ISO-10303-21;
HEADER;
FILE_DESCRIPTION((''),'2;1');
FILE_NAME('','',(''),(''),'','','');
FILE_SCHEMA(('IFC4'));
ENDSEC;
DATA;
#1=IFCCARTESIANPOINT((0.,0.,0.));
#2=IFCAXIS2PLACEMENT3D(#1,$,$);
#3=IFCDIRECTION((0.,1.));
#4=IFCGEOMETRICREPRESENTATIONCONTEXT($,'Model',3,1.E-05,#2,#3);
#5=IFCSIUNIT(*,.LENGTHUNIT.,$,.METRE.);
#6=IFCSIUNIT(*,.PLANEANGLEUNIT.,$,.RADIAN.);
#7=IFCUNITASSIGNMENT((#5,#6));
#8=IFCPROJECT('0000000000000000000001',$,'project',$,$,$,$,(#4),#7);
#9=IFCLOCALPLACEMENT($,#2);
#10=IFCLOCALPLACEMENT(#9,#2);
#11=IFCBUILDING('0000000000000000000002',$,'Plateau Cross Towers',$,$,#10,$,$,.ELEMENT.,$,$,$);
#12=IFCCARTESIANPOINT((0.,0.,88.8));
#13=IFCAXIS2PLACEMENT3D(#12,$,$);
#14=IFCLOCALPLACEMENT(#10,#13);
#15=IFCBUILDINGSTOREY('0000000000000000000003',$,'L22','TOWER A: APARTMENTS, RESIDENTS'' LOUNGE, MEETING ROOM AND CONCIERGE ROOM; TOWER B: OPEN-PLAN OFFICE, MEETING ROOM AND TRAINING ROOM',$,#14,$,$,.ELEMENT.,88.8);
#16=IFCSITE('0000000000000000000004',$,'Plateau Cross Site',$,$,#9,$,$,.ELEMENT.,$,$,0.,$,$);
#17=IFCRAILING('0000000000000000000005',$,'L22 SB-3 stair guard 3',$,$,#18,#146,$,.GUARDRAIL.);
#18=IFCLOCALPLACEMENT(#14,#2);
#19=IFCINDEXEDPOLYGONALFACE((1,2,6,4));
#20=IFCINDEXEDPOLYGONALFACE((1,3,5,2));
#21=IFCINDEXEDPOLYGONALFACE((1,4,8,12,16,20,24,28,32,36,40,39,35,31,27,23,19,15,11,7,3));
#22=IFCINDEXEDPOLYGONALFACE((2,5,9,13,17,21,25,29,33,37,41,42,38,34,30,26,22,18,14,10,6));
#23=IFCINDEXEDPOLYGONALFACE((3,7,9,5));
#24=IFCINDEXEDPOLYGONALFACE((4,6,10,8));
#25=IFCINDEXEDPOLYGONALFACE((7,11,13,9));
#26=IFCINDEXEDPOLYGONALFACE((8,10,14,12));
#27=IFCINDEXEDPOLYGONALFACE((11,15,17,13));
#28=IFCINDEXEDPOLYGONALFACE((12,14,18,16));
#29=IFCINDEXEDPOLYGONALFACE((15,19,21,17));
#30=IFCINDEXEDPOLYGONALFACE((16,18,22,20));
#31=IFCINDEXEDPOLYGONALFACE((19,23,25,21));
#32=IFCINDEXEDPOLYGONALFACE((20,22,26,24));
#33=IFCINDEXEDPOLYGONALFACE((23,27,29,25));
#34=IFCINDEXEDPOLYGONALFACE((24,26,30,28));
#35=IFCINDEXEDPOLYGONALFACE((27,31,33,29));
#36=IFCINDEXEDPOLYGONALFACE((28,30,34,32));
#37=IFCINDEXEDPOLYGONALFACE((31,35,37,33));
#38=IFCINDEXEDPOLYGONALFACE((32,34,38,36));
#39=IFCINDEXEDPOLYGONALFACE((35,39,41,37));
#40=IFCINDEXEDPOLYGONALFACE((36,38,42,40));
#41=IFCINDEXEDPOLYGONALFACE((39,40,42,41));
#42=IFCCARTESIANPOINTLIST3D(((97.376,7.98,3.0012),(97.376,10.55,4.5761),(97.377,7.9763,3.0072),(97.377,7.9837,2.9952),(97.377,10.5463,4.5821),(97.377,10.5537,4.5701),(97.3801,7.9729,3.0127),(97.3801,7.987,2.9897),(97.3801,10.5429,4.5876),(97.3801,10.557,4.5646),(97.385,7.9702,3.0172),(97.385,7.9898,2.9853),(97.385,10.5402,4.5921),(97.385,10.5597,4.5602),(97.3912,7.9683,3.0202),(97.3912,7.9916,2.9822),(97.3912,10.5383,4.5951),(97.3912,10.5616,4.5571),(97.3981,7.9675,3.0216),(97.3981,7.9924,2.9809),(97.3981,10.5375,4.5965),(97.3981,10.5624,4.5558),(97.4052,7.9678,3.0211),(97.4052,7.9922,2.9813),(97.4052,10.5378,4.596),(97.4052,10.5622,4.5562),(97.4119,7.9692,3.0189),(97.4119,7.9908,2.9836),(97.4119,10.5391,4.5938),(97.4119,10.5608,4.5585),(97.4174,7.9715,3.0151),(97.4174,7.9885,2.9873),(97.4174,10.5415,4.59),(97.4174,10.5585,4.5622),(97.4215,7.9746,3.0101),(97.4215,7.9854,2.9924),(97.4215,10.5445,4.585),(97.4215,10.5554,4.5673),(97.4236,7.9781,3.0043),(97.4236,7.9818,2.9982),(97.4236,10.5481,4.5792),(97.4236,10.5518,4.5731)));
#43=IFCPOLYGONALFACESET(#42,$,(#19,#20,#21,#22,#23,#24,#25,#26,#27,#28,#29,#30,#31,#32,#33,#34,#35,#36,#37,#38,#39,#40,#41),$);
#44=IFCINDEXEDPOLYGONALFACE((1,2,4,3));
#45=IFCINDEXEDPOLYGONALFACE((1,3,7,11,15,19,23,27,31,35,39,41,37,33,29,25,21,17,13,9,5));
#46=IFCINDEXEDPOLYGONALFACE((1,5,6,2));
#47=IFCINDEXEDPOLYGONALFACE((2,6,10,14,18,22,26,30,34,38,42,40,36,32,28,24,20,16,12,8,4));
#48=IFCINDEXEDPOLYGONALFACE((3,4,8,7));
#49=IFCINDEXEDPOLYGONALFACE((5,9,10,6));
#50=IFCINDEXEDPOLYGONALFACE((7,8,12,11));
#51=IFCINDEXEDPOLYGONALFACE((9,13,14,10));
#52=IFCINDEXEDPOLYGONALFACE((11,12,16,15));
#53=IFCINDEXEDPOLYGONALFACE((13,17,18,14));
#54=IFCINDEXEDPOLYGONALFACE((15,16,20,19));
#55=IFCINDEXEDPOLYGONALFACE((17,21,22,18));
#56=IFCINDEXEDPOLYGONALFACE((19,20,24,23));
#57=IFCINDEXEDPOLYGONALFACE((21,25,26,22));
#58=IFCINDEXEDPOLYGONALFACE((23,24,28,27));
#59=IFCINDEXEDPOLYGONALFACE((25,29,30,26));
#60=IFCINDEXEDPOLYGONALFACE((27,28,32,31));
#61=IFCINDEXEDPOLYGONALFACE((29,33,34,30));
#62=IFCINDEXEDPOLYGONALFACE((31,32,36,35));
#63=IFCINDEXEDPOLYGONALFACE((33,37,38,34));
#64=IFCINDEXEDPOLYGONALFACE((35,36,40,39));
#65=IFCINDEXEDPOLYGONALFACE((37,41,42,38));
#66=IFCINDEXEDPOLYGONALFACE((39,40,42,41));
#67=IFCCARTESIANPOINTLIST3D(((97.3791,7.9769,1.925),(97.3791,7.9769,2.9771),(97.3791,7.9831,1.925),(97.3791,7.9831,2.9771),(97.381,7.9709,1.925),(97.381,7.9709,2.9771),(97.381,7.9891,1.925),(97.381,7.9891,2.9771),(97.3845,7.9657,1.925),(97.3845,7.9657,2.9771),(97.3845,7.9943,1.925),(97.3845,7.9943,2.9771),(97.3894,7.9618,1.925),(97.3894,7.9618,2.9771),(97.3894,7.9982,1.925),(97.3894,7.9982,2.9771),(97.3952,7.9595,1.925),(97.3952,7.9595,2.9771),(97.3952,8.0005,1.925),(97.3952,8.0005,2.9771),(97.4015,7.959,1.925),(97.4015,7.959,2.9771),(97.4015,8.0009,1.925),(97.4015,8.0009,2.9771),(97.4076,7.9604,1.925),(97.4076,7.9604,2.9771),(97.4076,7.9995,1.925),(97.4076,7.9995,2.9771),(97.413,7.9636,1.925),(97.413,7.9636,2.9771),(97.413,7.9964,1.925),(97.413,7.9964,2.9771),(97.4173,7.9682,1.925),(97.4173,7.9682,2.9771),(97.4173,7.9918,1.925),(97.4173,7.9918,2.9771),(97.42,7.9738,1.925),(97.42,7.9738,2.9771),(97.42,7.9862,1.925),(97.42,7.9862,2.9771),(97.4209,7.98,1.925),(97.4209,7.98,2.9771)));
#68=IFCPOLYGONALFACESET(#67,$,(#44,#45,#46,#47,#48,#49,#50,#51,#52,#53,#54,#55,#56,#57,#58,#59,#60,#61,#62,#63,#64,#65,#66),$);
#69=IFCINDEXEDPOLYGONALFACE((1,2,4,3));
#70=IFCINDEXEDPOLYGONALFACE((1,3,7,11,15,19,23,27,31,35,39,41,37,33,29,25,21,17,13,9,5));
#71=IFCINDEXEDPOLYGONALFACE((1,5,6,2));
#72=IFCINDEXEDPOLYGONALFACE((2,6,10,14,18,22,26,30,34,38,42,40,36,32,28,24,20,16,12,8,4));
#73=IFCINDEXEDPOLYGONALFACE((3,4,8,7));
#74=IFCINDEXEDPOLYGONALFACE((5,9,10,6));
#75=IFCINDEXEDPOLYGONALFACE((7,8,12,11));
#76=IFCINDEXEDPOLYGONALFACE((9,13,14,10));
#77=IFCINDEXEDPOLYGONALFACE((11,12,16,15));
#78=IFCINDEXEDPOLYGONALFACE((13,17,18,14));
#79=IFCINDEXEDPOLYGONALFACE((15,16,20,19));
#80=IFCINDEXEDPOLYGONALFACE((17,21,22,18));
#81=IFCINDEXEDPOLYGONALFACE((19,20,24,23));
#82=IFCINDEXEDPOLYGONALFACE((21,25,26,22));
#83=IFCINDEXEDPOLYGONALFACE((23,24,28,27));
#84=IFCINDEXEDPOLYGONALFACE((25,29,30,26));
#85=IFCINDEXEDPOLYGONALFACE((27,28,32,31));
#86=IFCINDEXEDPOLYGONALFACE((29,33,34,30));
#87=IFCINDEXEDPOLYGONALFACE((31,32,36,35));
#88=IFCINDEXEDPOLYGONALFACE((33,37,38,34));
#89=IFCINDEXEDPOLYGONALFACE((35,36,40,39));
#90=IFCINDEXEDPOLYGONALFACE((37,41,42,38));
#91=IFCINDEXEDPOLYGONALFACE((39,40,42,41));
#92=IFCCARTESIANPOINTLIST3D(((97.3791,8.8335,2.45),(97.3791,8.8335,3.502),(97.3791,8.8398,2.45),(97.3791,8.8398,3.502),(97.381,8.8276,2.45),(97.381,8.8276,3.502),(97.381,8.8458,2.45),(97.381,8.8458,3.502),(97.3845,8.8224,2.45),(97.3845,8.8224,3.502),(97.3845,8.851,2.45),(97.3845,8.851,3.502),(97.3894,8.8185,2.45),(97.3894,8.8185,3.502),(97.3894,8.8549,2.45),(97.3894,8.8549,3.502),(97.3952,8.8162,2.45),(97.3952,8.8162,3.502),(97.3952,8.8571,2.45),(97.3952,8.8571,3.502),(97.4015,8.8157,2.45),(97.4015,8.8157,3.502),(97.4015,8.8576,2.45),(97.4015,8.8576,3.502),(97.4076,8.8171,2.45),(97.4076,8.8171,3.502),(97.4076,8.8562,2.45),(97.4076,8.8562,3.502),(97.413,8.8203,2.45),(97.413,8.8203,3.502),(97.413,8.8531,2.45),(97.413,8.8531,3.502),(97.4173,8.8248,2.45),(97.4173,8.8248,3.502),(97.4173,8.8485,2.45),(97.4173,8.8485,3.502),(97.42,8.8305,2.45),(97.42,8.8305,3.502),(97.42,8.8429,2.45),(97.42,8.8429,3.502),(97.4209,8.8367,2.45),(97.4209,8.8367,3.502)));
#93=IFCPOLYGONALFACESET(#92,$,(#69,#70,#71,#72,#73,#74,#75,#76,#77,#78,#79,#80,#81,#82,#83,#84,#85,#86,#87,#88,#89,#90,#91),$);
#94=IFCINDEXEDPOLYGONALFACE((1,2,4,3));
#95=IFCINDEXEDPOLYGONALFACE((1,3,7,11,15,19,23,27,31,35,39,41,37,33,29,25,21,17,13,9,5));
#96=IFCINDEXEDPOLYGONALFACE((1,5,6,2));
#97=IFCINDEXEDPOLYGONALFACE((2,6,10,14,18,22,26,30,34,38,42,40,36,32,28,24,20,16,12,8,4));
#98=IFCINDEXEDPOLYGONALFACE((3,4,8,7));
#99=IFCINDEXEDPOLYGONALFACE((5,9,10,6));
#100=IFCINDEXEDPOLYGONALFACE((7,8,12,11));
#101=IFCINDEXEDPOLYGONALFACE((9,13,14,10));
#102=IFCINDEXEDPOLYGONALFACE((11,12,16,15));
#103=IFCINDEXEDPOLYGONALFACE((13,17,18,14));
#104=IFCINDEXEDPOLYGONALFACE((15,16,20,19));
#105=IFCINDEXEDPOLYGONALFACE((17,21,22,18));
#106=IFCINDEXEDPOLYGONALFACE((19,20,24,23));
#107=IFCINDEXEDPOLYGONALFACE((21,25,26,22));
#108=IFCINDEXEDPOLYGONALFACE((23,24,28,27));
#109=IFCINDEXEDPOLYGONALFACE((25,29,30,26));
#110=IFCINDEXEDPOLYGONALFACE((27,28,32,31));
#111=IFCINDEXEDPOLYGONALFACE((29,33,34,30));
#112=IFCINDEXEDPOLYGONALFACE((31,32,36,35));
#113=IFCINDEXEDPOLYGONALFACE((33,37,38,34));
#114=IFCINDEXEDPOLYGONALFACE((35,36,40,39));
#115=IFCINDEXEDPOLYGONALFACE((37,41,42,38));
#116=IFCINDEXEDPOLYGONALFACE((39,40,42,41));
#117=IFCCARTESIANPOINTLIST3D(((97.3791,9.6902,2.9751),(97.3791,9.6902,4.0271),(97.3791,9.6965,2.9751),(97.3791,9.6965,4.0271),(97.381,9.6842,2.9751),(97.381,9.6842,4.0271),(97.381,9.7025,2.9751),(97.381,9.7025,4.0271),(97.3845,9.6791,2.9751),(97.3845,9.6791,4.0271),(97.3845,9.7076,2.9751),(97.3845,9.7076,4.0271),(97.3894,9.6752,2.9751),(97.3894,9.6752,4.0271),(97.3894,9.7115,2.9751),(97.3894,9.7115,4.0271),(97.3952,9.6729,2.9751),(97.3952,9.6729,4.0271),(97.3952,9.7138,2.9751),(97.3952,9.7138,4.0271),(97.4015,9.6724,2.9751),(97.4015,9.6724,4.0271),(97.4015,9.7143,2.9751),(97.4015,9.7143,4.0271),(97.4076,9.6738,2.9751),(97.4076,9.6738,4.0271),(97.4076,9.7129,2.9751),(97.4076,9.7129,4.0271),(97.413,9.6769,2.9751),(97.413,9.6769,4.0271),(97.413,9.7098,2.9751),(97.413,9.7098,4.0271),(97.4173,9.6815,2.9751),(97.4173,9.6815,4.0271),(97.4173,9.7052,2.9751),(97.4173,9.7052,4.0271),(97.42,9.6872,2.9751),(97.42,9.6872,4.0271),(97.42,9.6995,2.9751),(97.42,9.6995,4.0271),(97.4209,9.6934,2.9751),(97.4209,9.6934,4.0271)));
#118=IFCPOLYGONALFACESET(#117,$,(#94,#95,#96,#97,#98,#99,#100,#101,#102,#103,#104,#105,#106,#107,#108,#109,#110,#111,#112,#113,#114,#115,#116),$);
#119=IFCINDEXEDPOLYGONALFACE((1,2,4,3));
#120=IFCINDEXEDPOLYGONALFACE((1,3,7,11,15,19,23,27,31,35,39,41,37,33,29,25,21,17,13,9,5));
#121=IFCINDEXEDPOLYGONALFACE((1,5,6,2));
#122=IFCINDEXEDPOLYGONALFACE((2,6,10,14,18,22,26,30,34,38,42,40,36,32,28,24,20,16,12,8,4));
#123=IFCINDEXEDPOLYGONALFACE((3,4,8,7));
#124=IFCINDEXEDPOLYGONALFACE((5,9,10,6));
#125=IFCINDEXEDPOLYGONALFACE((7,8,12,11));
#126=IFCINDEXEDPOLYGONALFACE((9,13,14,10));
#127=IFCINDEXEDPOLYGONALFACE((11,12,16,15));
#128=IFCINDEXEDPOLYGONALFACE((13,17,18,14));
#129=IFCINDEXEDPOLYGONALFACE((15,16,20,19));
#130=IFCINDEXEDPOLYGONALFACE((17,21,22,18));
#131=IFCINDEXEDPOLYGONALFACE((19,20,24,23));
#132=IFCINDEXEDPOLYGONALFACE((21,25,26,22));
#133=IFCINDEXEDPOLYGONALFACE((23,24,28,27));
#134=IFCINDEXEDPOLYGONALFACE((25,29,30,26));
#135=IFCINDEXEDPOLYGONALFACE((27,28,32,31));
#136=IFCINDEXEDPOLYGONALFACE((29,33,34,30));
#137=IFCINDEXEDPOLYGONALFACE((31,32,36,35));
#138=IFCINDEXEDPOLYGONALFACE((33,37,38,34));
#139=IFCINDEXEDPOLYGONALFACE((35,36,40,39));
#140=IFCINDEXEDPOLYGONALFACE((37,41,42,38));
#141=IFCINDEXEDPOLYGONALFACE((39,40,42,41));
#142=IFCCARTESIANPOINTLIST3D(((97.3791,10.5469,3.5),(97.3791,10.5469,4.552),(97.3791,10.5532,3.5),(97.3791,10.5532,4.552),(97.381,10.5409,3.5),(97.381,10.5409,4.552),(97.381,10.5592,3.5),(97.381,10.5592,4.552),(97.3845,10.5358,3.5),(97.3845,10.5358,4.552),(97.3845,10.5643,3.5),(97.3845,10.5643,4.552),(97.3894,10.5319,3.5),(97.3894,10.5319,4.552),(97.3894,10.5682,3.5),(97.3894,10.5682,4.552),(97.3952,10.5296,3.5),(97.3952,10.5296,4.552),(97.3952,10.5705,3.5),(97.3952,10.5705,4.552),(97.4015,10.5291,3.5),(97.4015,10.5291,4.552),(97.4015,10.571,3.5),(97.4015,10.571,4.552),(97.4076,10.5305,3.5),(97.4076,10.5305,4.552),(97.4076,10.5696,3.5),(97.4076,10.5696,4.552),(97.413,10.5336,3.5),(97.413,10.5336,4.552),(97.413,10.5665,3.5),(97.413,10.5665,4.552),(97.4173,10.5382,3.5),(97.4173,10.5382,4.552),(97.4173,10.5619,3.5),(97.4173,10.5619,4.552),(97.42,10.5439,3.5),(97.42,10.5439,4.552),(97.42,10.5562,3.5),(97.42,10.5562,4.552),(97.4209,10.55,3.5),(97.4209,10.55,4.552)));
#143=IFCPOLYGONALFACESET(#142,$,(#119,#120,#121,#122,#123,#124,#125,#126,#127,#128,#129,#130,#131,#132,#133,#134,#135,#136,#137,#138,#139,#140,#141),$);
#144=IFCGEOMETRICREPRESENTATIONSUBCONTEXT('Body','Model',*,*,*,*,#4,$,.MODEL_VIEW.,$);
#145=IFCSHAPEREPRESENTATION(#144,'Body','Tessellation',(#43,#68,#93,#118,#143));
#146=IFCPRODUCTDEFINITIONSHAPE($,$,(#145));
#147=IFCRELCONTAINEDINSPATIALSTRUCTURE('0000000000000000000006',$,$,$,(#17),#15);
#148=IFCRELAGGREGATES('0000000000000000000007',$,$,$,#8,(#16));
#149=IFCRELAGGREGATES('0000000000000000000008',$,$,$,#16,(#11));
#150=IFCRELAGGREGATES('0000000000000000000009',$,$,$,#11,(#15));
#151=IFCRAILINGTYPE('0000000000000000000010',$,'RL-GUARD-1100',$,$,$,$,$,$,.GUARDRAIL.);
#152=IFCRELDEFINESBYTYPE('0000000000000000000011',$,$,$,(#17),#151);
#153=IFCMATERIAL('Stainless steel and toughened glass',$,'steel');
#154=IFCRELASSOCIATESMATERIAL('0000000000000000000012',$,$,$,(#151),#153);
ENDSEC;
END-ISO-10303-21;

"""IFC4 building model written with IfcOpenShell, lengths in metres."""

from ifc_helpers import new_model, si_unit, direction, frame, origin, origin_2d, place, context, subcontext, project, spatial, circle, extrude, material, type_object, element, save


model = new_model("IFC4")

# Units and contexts
model_context = context("Model", 3, precision=1e-05, world=origin(), true_north=direction((0.0, 1.0)))
body_context = subcontext(model_context, "Body", "Model", "MODEL_VIEW")
ifc_project = project(units=[si_unit("LENGTHUNIT", "METRE"), si_unit("PLANEANGLEUNIT", "RADIAN")], contexts=[model_context])

# Site, building, storey
site_placement = place(None, origin())
site = spatial("IfcSite", under=ifc_project, at=site_placement, Name="Plateau Cross Site", CompositionType="ELEMENT", RefElevation=0.0)
building_placement = place(site_placement, origin())
building = spatial("IfcBuilding", under=site, at=building_placement, Name="Plateau Cross Towers", CompositionType="ELEMENT")
storey_placement = place(building_placement, frame((0.0, 0.0, 88.8)))
storey = spatial("IfcBuildingStorey", under=building, at=storey_placement, Name="L22", Description="TOWER A: APARTMENTS, RESIDENTS' LOUNGE, MEETING ROOM AND CONCIERGE ROOM; TOWER B: OPEN-PLAN OFFICE, MEETING ROOM AND TRAINING ROOM", CompositionType="ELEMENT", Elevation=88.8)

# Railing
ifc_material_1 = material(Name="Stainless steel and toughened glass", Category="steel")
railing_type_1 = type_object("IfcRailingType", Name="RL-GUARD-1100", PredefinedType="GUARDRAIL", material=ifc_material_1)
railing_1_placement = place(storey_placement, frame((97.3999, 7.98, 1.925)))
element("IfcRailing", 1, at=railing_1_placement, inside=storey, type_object=railing_type_1, Name="L22 SB-3 stair guard 3", PredefinedType="GUARDRAIL", context=body_context, shape_type="SweptSolid", body=[
    extrude(circle(Radius=0.0239, at=origin_2d()), frame((0.0, 0.0, 1.0762), z_axis=(0.0, 0.852639, 0.522501), x_axis=(-1.0, 0.0, 0.0)), (0.0, 0.0, 1.0), 3.0142),
    extrude(circle(Radius=0.021, at=origin_2d()), origin(), (0.0, 0.0, 1.0), 1.052),
    extrude(circle(Radius=0.021, at=origin_2d()), frame((0.0, 0.8567, 0.5249)), (0.0, 0.0, 1.0), 1.052),
    extrude(circle(Radius=0.021, at=origin_2d()), frame((0.0, 1.7134, 1.05)), (0.0, 0.0, 1.0), 1.052),
    extrude(circle(Radius=0.021, at=origin_2d()), frame((0.0, 2.5701, 1.575)), (0.0, 0.0, 1.0), 1.052),
])

save(model, "model.ifc")
